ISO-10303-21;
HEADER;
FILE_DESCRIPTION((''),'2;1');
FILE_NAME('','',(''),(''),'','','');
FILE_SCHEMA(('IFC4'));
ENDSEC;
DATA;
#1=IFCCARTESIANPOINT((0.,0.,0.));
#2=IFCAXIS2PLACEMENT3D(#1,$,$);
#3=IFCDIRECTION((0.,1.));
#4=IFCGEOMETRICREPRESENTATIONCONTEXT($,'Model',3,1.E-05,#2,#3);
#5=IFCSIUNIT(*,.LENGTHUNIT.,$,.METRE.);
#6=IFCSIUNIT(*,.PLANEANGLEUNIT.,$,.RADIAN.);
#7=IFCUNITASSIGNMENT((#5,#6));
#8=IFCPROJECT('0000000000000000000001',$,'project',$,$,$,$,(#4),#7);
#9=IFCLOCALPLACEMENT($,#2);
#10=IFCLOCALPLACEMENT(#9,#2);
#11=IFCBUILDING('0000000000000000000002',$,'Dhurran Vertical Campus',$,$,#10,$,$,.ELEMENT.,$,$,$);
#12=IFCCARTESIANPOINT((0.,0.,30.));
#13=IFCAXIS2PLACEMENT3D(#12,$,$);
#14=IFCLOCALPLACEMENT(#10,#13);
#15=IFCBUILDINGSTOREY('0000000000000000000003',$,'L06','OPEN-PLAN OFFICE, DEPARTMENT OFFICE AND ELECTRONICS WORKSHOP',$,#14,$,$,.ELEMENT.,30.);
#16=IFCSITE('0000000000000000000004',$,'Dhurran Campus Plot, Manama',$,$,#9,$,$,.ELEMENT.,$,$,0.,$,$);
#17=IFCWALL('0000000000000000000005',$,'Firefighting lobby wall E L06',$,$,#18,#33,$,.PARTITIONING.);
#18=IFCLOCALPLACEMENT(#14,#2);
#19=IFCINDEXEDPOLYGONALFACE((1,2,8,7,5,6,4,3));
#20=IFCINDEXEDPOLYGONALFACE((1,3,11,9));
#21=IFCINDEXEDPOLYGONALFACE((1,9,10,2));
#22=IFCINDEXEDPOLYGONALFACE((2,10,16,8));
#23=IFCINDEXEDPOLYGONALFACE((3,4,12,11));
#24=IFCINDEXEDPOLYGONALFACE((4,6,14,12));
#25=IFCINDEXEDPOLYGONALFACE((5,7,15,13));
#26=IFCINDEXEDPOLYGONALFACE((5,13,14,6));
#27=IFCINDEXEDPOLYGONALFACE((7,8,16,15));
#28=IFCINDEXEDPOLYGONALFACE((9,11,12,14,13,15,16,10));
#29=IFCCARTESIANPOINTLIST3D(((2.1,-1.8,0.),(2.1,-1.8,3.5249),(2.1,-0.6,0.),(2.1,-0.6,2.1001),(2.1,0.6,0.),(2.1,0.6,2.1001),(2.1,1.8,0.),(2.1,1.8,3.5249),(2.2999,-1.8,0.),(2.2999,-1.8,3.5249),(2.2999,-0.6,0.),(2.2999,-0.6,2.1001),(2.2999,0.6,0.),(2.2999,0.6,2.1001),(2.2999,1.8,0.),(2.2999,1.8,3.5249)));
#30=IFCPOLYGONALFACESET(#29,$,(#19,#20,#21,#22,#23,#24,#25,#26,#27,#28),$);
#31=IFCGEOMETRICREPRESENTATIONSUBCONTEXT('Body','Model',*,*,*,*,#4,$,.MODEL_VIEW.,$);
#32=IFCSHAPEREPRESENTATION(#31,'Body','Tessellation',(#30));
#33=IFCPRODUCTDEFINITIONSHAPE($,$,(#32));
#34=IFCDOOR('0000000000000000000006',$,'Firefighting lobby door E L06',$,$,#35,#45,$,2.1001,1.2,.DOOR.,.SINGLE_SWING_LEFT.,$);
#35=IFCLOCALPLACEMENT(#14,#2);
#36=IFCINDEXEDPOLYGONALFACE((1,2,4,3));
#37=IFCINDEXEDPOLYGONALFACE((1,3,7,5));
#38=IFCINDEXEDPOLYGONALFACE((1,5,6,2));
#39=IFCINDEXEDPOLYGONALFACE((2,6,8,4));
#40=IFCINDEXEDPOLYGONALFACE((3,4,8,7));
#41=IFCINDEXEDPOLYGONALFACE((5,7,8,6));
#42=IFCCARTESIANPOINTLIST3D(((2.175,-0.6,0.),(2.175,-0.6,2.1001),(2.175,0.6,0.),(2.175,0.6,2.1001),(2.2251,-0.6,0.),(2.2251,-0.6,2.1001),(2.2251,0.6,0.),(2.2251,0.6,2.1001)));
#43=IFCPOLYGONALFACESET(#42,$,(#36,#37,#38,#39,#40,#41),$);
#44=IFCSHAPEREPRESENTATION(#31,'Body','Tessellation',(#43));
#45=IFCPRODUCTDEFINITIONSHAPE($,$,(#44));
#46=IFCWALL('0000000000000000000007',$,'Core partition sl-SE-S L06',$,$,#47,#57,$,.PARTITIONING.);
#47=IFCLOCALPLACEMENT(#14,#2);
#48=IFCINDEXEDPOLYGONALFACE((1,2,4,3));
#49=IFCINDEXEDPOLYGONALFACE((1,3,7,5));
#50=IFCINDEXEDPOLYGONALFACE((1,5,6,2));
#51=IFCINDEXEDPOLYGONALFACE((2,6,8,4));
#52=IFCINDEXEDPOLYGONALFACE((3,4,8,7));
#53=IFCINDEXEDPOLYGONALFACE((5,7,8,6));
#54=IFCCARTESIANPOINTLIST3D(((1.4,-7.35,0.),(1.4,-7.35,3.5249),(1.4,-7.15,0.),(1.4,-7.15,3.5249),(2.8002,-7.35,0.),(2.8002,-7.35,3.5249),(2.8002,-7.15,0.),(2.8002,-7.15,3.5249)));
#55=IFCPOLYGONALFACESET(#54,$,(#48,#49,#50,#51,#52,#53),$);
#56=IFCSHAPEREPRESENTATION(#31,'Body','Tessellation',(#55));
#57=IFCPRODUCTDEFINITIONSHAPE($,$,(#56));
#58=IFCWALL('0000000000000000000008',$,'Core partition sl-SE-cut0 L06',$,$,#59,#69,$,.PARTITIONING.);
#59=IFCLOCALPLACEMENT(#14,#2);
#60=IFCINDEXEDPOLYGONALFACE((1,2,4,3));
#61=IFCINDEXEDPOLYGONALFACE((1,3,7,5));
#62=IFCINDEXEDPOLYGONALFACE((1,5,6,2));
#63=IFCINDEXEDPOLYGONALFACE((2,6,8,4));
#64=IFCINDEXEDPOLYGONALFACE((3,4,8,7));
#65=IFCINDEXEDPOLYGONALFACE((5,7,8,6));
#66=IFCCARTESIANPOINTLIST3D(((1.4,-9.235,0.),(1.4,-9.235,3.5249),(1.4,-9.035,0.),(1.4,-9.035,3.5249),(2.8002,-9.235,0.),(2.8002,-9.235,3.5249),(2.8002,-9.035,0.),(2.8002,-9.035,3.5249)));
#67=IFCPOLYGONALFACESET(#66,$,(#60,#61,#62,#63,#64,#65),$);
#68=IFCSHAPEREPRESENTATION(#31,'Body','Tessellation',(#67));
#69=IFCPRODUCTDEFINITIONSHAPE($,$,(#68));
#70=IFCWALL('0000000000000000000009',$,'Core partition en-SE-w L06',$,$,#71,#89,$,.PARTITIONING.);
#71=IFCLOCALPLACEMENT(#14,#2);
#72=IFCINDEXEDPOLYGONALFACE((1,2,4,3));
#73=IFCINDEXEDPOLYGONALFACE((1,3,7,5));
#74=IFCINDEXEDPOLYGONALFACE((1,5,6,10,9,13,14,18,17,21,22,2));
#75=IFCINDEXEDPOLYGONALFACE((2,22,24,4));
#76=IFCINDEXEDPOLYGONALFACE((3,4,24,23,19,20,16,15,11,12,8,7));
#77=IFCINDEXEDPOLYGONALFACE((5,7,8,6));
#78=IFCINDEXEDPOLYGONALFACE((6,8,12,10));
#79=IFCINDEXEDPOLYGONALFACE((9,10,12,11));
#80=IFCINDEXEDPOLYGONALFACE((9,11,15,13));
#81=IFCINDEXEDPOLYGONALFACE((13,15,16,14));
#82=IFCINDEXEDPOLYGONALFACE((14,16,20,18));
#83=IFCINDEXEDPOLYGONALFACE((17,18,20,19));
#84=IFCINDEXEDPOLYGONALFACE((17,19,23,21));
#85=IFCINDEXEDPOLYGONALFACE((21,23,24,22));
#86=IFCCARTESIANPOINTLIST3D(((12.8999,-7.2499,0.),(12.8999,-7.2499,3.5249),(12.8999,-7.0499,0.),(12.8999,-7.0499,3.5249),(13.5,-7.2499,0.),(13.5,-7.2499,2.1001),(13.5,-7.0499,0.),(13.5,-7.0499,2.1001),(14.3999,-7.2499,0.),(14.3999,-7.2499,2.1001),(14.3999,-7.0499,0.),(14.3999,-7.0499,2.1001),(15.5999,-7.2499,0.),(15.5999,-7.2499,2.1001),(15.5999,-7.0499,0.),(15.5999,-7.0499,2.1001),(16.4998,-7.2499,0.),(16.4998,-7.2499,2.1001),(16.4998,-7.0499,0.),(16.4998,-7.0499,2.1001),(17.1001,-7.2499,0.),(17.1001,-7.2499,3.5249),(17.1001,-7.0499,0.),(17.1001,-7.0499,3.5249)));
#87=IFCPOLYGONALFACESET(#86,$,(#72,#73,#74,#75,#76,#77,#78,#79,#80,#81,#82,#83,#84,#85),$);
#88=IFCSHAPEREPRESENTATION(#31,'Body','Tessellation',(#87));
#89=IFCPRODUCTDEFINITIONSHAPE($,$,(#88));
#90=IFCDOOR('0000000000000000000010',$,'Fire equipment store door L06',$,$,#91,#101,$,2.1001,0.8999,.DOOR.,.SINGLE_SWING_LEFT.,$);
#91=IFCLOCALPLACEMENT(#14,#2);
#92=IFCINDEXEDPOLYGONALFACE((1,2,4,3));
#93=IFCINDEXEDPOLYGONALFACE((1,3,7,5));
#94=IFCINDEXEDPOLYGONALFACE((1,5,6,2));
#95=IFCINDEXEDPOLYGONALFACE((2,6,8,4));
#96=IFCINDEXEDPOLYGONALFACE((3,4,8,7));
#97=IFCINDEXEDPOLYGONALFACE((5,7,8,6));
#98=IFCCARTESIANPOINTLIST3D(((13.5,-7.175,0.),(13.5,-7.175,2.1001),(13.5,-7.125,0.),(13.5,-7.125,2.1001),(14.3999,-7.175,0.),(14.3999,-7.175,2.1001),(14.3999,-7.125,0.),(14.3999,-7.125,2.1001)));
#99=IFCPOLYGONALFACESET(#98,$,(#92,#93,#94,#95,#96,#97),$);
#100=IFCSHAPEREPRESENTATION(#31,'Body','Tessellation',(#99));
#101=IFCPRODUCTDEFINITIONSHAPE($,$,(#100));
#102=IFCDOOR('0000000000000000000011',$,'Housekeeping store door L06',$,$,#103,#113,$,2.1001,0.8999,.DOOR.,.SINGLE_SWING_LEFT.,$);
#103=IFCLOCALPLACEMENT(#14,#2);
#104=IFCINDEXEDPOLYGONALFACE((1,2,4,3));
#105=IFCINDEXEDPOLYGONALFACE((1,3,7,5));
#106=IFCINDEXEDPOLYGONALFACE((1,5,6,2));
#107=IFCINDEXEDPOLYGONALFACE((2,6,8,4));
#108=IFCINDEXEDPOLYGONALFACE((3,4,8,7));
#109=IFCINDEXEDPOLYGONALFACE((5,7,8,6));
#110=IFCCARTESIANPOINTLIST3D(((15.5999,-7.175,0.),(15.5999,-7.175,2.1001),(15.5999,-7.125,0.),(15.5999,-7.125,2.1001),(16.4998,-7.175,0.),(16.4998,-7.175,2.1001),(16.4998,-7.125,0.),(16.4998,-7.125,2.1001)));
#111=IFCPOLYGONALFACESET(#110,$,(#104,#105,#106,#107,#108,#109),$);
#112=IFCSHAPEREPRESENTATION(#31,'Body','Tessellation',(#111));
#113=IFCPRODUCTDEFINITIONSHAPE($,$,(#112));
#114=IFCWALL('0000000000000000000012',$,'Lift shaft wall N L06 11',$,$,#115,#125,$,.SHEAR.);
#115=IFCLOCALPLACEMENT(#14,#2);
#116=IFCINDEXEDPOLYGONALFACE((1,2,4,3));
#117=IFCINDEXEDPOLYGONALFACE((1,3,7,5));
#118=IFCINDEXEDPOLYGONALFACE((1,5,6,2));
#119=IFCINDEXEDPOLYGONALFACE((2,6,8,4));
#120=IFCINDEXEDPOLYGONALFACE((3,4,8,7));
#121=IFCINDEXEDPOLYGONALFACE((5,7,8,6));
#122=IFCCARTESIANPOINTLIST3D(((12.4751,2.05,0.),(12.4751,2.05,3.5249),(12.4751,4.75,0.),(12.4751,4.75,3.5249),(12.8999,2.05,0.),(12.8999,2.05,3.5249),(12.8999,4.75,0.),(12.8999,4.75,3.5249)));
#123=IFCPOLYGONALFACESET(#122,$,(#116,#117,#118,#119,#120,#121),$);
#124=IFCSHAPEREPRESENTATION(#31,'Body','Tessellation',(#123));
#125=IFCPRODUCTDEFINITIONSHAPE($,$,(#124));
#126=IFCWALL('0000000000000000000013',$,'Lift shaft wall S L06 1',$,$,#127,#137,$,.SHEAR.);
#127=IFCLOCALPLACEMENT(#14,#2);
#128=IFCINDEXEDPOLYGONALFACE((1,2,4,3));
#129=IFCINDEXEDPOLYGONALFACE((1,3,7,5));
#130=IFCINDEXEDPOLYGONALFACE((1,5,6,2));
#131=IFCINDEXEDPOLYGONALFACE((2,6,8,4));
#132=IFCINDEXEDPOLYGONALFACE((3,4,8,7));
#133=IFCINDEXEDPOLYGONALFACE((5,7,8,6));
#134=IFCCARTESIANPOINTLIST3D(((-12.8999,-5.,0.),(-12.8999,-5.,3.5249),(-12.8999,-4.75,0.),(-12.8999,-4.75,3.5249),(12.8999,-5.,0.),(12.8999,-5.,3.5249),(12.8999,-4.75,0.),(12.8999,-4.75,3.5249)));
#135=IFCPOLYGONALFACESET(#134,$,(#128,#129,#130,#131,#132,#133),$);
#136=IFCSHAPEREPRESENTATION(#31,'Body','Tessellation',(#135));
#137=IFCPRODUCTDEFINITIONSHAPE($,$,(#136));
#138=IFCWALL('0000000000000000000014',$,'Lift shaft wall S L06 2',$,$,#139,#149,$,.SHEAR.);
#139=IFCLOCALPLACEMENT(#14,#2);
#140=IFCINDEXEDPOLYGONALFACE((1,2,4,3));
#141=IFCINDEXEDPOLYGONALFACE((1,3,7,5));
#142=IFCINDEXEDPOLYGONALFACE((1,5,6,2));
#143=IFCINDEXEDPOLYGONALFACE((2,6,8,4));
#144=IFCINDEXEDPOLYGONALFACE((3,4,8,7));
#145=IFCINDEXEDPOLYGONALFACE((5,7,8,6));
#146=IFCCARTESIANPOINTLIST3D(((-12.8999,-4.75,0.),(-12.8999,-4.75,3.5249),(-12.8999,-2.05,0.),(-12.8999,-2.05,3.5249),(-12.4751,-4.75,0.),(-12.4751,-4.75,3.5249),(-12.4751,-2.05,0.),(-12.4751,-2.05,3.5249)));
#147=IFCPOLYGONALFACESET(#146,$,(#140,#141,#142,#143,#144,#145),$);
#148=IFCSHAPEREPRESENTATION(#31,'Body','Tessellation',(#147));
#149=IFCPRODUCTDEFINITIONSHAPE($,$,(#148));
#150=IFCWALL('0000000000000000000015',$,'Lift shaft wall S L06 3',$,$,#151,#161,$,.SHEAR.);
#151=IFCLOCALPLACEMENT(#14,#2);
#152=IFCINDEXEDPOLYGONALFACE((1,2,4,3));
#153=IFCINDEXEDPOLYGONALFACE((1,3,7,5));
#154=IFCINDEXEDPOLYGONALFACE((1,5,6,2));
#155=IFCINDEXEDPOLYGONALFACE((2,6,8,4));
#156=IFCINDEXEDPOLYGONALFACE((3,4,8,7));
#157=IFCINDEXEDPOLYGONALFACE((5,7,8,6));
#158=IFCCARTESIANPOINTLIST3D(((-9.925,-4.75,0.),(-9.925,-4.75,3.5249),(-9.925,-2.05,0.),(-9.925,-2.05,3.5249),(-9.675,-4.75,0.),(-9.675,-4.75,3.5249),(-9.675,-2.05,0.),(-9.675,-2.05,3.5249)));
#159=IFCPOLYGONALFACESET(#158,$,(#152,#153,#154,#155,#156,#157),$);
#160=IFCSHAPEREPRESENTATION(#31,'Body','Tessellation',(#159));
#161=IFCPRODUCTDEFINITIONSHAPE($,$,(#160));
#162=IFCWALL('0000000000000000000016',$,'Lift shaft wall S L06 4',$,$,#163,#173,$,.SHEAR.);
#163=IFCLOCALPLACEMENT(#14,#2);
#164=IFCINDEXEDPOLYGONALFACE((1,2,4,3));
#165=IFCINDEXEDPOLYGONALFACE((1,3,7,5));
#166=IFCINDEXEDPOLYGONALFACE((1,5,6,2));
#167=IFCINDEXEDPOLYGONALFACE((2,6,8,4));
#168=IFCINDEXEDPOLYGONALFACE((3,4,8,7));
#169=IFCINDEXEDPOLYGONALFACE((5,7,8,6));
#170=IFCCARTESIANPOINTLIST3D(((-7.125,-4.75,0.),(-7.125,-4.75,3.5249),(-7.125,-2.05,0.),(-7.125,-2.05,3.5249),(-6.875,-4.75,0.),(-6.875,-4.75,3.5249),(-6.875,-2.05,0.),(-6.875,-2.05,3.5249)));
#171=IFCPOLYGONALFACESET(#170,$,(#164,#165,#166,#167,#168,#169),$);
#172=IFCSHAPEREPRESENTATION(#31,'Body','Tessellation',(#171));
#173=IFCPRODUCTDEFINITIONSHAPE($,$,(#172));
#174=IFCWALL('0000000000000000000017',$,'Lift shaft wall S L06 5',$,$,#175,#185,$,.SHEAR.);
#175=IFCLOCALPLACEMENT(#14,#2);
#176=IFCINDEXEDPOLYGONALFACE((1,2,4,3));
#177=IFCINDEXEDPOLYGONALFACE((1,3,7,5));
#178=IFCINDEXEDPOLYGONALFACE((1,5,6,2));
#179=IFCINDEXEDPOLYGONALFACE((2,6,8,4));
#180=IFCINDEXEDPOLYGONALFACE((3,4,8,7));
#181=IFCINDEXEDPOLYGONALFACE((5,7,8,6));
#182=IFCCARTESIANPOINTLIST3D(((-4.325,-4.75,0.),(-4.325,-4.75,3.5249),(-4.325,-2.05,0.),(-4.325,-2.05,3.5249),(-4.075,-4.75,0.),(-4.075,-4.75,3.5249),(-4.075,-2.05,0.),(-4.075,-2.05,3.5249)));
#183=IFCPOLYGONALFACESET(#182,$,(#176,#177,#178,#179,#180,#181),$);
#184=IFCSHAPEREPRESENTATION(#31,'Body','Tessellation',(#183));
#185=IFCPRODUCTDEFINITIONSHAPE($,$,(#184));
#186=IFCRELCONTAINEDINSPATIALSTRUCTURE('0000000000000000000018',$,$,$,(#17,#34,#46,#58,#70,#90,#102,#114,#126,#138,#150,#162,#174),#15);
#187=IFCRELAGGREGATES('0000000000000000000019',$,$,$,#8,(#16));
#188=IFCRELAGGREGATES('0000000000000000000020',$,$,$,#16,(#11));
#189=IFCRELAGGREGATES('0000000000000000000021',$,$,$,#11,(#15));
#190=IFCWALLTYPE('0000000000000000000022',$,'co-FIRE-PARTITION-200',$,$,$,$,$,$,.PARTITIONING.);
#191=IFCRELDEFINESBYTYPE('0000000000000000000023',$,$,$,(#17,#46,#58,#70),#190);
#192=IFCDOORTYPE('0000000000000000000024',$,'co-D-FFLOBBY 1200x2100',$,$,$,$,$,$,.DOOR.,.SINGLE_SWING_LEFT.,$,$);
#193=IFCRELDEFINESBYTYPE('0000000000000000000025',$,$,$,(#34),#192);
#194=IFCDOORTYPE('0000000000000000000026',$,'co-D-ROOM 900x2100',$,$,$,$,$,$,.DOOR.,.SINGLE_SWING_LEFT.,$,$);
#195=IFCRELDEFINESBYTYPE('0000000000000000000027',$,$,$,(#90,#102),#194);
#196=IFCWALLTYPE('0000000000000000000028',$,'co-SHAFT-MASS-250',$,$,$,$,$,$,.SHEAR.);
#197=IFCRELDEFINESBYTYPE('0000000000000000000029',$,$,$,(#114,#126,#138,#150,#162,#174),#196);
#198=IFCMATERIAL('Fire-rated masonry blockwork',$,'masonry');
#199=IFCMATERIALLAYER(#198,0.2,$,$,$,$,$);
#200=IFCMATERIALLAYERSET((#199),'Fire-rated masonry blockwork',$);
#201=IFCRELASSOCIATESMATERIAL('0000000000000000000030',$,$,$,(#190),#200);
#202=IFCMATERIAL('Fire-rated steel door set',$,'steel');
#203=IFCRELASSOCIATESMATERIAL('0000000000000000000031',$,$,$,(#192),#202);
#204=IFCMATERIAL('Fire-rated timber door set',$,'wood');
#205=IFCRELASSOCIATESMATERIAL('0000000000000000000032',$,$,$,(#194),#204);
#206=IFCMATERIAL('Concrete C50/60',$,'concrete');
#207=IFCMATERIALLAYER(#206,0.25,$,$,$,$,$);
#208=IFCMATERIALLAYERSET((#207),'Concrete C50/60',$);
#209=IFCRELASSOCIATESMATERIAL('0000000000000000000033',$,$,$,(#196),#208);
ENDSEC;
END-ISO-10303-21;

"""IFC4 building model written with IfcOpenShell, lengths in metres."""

from ifc_helpers import new_model, si_unit, direction, frame, frame_2d, origin, place, context, subcontext, project, spatial, polyline, rectangle, outline, extrude, material, layer, layer_set, type_object, element, fill, save


model = new_model("IFC4")

# Units and contexts
model_context = context("Model", 3, precision=1e-05, world=origin(), true_north=direction((0.0, 1.0)))
body_context = subcontext(model_context, "Body", "Model", "MODEL_VIEW")
ifc_project = project(units=[si_unit("LENGTHUNIT", "METRE"), si_unit("PLANEANGLEUNIT", "RADIAN")], contexts=[model_context])

# Site, building, storey
site_placement = place(None, origin())
site = spatial("IfcSite", under=ifc_project, at=site_placement, Name="Dhurran Campus Plot, Manama", CompositionType="ELEMENT", RefElevation=0.0)
building_placement = place(site_placement, origin())
building = spatial("IfcBuilding", under=site, at=building_placement, Name="Dhurran Vertical Campus", CompositionType="ELEMENT")
storey_placement = place(building_placement, frame((0.0, 0.0, 30.0)))
storey = spatial("IfcBuildingStorey", under=building, at=storey_placement, Name="L06", Description="OPEN-PLAN OFFICE, DEPARTMENT OFFICE AND ELECTRONICS WORKSHOP", CompositionType="ELEMENT", Elevation=30.0)

# Wall, opening, door
ifc_material_1 = material(Name="Fire-rated masonry blockwork", Category="masonry")
ifc_layer_1 = layer(ifc_material_1, 0.2)
ifc_layer_set_1 = layer_set([ifc_layer_1], Name="Fire-rated masonry blockwork")
wall_type_1 = type_object("IfcWallType", Name="co-FIRE-PARTITION-200", PredefinedType="PARTITIONING", material=ifc_layer_set_1)
wall_1_placement = place(storey_placement, frame((2.2, -1.8, 0.0), z_axis=(0.0, 0.0, 1.0), x_axis=(0.0, 1.0, 0.0)))
wall_1 = element("IfcWall", 1, at=wall_1_placement, inside=storey, type_object=wall_type_1, Name="Firefighting lobby wall E L06", PredefinedType="PARTITIONING", context=body_context, shape_type="SweptSolid", body=[
    extrude(rectangle(XDim=3.6001, YDim=0.2, at=frame_2d((1.8, 0.0))), origin(), (0.0, 0.0, 1.0), 3.5249),
])
opening_1_placement = place(wall_1_placement, frame((1.2, 0.0, 0.0)))
opening_1 = element("IfcOpeningElement", 2, at=opening_1_placement, cuts=wall_1, PredefinedType="OPENING", context=body_context, shape_type="SweptSolid", body=[
    extrude(rectangle(XDim=1.2, YDim=2.1001, at=frame_2d((0.6001, 1.05))), frame((0.0, 0.1099, 0.0), z_axis=(0.0, -1.0, 0.0), x_axis=(1.0, 0.0, 0.0)), (0.0, 0.0, 1.0), 0.22),
])
ifc_material_2 = material(Name="Fire-rated steel door set", Category="steel")
door_type_1 = type_object("IfcDoorType", Name="co-D-FFLOBBY 1200x2100", OperationType="SINGLE_SWING_LEFT", PredefinedType="DOOR", material=ifc_material_2)
door_1_placement = place(opening_1_placement, origin())
door_1 = element("IfcDoor", 3, at=door_1_placement, inside=storey, type_object=door_type_1, Name="Firefighting lobby door E L06", OperationType="SINGLE_SWING_LEFT", OverallHeight=2.1001, OverallWidth=1.2, PredefinedType="DOOR", context=body_context, shape_type="SweptSolid", body=[
    extrude(rectangle(XDim=1.2, YDim=2.1001, at=frame_2d((0.6001, 1.05))), frame((0.0, 0.0249, 0.0), z_axis=(0.0, -1.0, 0.0), x_axis=(1.0, 0.0, 0.0)), (0.0, 0.0, 1.0), 0.05),
])
fill(opening_1, door_1)

# Walls
for number, where, z_axis, x_axis, name in (
    (4, (1.3999, -7.25, 0.0), (0.0, 0.0, 1.0), (1.0, 0.0, 0.0), "Core partition sl-SE-S L06"),
    (5, (1.3999, -9.135, 0.0), (0.0, 0.0, 1.0), (1.0, 0.0, 0.0), "Core partition sl-SE-cut0 L06"),
):
    element("IfcWall", number, at=place(storey_placement, frame(where, z_axis=z_axis, x_axis=x_axis)), inside=storey, type_object=wall_type_1, Name=name, PredefinedType="PARTITIONING", context=body_context, shape_type="SweptSolid", body=[
        extrude(rectangle(XDim=1.4001, YDim=0.2, at=frame_2d((0.7002, 0.0))), origin(), (0.0, 0.0, 1.0), 3.5249),
    ])

# Wall, openings, doors
wall_2_placement = place(storey_placement, frame((12.8999, -7.1499, 0.0), z_axis=(0.0, 0.0, 1.0), x_axis=(1.0, 0.0, 0.0)))
wall_2 = element("IfcWall", 6, at=wall_2_placement, inside=storey, type_object=wall_type_1, Name="Core partition en-SE-w L06", PredefinedType="PARTITIONING", context=body_context, shape_type="SweptSolid", body=[
    extrude(rectangle(XDim=4.2002, YDim=0.2, at=frame_2d((2.1001, 0.0))), origin(), (0.0, 0.0, 1.0), 3.5249),
])
opening_2_placement = place(wall_2_placement, frame((0.6001, 0.0, 0.0)))
opening_2 = element("IfcOpeningElement", 7, at=opening_2_placement, cuts=wall_2, PredefinedType="OPENING", context=body_context, shape_type="SweptSolid", body=[
    extrude(rectangle(XDim=0.8999, YDim=2.1001, at=frame_2d((0.45, 1.05))), frame((0.0, 0.1099, 0.0), z_axis=(0.0, -1.0, 0.0), x_axis=(1.0, 0.0, 0.0)), (0.0, 0.0, 1.0), 0.22),
])
opening_3_placement = place(wall_2_placement, frame((2.7, 0.0, 0.0)))
opening_3 = element("IfcOpeningElement", 8, at=opening_3_placement, cuts=wall_2, PredefinedType="OPENING", context=body_context, shape_type="SweptSolid", body=[
    extrude(rectangle(XDim=0.8999, YDim=2.1001, at=frame_2d((0.45, 1.05))), frame((0.0, 0.1099, 0.0), z_axis=(0.0, -1.0, 0.0), x_axis=(1.0, 0.0, 0.0)), (0.0, 0.0, 1.0), 0.22),
])
ifc_material_3 = material(Name="Fire-rated timber door set", Category="wood")
door_type_2 = type_object("IfcDoorType", Name="co-D-ROOM 900x2100", OperationType="SINGLE_SWING_LEFT", PredefinedType="DOOR", material=ifc_material_3)
door_2_placement = place(opening_2_placement, origin())
door_2 = element("IfcDoor", 9, at=door_2_placement, inside=storey, type_object=door_type_2, Name="Fire equipment store door L06", OperationType="SINGLE_SWING_LEFT", OverallHeight=2.1001, OverallWidth=0.8999, PredefinedType="DOOR", context=body_context, shape_type="SweptSolid", body=[
    extrude(rectangle(XDim=0.8999, YDim=2.1001, at=frame_2d((0.45, 1.05))), frame((0.0, 0.0249, 0.0), z_axis=(0.0, -1.0, 0.0), x_axis=(1.0, 0.0, 0.0)), (0.0, 0.0, 1.0), 0.05),
])
fill(opening_2, door_2)
door_3_placement = place(opening_3_placement, origin())
door_3 = element("IfcDoor", 10, at=door_3_placement, inside=storey, type_object=door_type_2, Name="Housekeeping store door L06", OperationType="SINGLE_SWING_LEFT", OverallHeight=2.1001, OverallWidth=0.8999, PredefinedType="DOOR", context=body_context, shape_type="SweptSolid", body=[
    extrude(rectangle(XDim=0.8999, YDim=2.1001, at=frame_2d((0.45, 1.05))), frame((0.0, 0.0249, 0.0), z_axis=(0.0, -1.0, 0.0), x_axis=(1.0, 0.0, 0.0)), (0.0, 0.0, 1.0), 0.05),
])
fill(opening_3, door_3)

# Walls
ifc_material_4 = material(Name="Concrete C50/60", Category="concrete")
ifc_layer_2 = layer(ifc_material_4, 0.25)
ifc_layer_set_2 = layer_set([ifc_layer_2], Name="Concrete C50/60")
wall_type_2 = type_object("IfcWallType", Name="co-SHAFT-MASS-250", PredefinedType="SHEAR", material=ifc_layer_set_2)
wall_3_placement = place(storey_placement, origin())
element("IfcWall", 11, at=wall_3_placement, inside=storey, type_object=wall_type_2, Name="Lift shaft wall N L06 11", PredefinedType="SHEAR", context=body_context, shape_type="SweptSolid", body=[
    extrude(outline(polyline([(12.4751, 2.05), (12.8999, 2.05), (12.8999, 4.75), (12.4751, 4.75), (12.4751, 2.05)])), origin(), (0.0, 0.0, 1.0), 3.5249),
])
wall_4_placement = place(storey_placement, origin())
element("IfcWall", 12, at=wall_4_placement, inside=storey, type_object=wall_type_2, Name="Lift shaft wall S L06 1", PredefinedType="SHEAR", context=body_context, shape_type="SweptSolid", body=[
    extrude(outline(polyline([(-12.8999, -5.0), (12.8999, -5.0), (12.8999, -4.75), (-12.8999, -4.75), (-12.8999, -5.0)])), origin(), (0.0, 0.0, 1.0), 3.5249),
])
wall_5_placement = place(storey_placement, origin())
element("IfcWall", 13, at=wall_5_placement, inside=storey, type_object=wall_type_2, Name="Lift shaft wall S L06 2", PredefinedType="SHEAR", context=body_context, shape_type="SweptSolid", body=[
    extrude(outline(polyline([(-12.8999, -4.75), (-12.4751, -4.75), (-12.4751, -2.05), (-12.8999, -2.05), (-12.8999, -4.75)])), origin(), (0.0, 0.0, 1.0), 3.5249),
])
wall_6_placement = place(storey_placement, origin())
element("IfcWall", 14, at=wall_6_placement, inside=storey, type_object=wall_type_2, Name="Lift shaft wall S L06 3", PredefinedType="SHEAR", context=body_context, shape_type="SweptSolid", body=[
    extrude(outline(polyline([(-9.925, -4.75), (-9.675, -4.75), (-9.675, -2.05), (-9.925, -2.05), (-9.925, -4.75)])), origin(), (0.0, 0.0, 1.0), 3.5249),
])
wall_7_placement = place(storey_placement, origin())
element("IfcWall", 15, at=wall_7_placement, inside=storey, type_object=wall_type_2, Name="Lift shaft wall S L06 4", PredefinedType="SHEAR", context=body_context, shape_type="SweptSolid", body=[
    extrude(outline(polyline([(-7.125, -4.75), (-6.875, -4.75), (-6.875, -2.05), (-7.125, -2.05), (-7.125, -4.75)])), origin(), (0.0, 0.0, 1.0), 3.5249),
])
wall_8_placement = place(storey_placement, origin())
element("IfcWall", 16, at=wall_8_placement, inside=storey, type_object=wall_type_2, Name="Lift shaft wall S L06 5", PredefinedType="SHEAR", context=body_context, shape_type="SweptSolid", body=[
    extrude(outline(polyline([(-4.325, -4.75), (-4.075, -4.75), (-4.075, -2.05), (-4.325, -2.05), (-4.325, -4.75)])), origin(), (0.0, 0.0, 1.0), 3.5249),
])

save(model, "model.ifc")
